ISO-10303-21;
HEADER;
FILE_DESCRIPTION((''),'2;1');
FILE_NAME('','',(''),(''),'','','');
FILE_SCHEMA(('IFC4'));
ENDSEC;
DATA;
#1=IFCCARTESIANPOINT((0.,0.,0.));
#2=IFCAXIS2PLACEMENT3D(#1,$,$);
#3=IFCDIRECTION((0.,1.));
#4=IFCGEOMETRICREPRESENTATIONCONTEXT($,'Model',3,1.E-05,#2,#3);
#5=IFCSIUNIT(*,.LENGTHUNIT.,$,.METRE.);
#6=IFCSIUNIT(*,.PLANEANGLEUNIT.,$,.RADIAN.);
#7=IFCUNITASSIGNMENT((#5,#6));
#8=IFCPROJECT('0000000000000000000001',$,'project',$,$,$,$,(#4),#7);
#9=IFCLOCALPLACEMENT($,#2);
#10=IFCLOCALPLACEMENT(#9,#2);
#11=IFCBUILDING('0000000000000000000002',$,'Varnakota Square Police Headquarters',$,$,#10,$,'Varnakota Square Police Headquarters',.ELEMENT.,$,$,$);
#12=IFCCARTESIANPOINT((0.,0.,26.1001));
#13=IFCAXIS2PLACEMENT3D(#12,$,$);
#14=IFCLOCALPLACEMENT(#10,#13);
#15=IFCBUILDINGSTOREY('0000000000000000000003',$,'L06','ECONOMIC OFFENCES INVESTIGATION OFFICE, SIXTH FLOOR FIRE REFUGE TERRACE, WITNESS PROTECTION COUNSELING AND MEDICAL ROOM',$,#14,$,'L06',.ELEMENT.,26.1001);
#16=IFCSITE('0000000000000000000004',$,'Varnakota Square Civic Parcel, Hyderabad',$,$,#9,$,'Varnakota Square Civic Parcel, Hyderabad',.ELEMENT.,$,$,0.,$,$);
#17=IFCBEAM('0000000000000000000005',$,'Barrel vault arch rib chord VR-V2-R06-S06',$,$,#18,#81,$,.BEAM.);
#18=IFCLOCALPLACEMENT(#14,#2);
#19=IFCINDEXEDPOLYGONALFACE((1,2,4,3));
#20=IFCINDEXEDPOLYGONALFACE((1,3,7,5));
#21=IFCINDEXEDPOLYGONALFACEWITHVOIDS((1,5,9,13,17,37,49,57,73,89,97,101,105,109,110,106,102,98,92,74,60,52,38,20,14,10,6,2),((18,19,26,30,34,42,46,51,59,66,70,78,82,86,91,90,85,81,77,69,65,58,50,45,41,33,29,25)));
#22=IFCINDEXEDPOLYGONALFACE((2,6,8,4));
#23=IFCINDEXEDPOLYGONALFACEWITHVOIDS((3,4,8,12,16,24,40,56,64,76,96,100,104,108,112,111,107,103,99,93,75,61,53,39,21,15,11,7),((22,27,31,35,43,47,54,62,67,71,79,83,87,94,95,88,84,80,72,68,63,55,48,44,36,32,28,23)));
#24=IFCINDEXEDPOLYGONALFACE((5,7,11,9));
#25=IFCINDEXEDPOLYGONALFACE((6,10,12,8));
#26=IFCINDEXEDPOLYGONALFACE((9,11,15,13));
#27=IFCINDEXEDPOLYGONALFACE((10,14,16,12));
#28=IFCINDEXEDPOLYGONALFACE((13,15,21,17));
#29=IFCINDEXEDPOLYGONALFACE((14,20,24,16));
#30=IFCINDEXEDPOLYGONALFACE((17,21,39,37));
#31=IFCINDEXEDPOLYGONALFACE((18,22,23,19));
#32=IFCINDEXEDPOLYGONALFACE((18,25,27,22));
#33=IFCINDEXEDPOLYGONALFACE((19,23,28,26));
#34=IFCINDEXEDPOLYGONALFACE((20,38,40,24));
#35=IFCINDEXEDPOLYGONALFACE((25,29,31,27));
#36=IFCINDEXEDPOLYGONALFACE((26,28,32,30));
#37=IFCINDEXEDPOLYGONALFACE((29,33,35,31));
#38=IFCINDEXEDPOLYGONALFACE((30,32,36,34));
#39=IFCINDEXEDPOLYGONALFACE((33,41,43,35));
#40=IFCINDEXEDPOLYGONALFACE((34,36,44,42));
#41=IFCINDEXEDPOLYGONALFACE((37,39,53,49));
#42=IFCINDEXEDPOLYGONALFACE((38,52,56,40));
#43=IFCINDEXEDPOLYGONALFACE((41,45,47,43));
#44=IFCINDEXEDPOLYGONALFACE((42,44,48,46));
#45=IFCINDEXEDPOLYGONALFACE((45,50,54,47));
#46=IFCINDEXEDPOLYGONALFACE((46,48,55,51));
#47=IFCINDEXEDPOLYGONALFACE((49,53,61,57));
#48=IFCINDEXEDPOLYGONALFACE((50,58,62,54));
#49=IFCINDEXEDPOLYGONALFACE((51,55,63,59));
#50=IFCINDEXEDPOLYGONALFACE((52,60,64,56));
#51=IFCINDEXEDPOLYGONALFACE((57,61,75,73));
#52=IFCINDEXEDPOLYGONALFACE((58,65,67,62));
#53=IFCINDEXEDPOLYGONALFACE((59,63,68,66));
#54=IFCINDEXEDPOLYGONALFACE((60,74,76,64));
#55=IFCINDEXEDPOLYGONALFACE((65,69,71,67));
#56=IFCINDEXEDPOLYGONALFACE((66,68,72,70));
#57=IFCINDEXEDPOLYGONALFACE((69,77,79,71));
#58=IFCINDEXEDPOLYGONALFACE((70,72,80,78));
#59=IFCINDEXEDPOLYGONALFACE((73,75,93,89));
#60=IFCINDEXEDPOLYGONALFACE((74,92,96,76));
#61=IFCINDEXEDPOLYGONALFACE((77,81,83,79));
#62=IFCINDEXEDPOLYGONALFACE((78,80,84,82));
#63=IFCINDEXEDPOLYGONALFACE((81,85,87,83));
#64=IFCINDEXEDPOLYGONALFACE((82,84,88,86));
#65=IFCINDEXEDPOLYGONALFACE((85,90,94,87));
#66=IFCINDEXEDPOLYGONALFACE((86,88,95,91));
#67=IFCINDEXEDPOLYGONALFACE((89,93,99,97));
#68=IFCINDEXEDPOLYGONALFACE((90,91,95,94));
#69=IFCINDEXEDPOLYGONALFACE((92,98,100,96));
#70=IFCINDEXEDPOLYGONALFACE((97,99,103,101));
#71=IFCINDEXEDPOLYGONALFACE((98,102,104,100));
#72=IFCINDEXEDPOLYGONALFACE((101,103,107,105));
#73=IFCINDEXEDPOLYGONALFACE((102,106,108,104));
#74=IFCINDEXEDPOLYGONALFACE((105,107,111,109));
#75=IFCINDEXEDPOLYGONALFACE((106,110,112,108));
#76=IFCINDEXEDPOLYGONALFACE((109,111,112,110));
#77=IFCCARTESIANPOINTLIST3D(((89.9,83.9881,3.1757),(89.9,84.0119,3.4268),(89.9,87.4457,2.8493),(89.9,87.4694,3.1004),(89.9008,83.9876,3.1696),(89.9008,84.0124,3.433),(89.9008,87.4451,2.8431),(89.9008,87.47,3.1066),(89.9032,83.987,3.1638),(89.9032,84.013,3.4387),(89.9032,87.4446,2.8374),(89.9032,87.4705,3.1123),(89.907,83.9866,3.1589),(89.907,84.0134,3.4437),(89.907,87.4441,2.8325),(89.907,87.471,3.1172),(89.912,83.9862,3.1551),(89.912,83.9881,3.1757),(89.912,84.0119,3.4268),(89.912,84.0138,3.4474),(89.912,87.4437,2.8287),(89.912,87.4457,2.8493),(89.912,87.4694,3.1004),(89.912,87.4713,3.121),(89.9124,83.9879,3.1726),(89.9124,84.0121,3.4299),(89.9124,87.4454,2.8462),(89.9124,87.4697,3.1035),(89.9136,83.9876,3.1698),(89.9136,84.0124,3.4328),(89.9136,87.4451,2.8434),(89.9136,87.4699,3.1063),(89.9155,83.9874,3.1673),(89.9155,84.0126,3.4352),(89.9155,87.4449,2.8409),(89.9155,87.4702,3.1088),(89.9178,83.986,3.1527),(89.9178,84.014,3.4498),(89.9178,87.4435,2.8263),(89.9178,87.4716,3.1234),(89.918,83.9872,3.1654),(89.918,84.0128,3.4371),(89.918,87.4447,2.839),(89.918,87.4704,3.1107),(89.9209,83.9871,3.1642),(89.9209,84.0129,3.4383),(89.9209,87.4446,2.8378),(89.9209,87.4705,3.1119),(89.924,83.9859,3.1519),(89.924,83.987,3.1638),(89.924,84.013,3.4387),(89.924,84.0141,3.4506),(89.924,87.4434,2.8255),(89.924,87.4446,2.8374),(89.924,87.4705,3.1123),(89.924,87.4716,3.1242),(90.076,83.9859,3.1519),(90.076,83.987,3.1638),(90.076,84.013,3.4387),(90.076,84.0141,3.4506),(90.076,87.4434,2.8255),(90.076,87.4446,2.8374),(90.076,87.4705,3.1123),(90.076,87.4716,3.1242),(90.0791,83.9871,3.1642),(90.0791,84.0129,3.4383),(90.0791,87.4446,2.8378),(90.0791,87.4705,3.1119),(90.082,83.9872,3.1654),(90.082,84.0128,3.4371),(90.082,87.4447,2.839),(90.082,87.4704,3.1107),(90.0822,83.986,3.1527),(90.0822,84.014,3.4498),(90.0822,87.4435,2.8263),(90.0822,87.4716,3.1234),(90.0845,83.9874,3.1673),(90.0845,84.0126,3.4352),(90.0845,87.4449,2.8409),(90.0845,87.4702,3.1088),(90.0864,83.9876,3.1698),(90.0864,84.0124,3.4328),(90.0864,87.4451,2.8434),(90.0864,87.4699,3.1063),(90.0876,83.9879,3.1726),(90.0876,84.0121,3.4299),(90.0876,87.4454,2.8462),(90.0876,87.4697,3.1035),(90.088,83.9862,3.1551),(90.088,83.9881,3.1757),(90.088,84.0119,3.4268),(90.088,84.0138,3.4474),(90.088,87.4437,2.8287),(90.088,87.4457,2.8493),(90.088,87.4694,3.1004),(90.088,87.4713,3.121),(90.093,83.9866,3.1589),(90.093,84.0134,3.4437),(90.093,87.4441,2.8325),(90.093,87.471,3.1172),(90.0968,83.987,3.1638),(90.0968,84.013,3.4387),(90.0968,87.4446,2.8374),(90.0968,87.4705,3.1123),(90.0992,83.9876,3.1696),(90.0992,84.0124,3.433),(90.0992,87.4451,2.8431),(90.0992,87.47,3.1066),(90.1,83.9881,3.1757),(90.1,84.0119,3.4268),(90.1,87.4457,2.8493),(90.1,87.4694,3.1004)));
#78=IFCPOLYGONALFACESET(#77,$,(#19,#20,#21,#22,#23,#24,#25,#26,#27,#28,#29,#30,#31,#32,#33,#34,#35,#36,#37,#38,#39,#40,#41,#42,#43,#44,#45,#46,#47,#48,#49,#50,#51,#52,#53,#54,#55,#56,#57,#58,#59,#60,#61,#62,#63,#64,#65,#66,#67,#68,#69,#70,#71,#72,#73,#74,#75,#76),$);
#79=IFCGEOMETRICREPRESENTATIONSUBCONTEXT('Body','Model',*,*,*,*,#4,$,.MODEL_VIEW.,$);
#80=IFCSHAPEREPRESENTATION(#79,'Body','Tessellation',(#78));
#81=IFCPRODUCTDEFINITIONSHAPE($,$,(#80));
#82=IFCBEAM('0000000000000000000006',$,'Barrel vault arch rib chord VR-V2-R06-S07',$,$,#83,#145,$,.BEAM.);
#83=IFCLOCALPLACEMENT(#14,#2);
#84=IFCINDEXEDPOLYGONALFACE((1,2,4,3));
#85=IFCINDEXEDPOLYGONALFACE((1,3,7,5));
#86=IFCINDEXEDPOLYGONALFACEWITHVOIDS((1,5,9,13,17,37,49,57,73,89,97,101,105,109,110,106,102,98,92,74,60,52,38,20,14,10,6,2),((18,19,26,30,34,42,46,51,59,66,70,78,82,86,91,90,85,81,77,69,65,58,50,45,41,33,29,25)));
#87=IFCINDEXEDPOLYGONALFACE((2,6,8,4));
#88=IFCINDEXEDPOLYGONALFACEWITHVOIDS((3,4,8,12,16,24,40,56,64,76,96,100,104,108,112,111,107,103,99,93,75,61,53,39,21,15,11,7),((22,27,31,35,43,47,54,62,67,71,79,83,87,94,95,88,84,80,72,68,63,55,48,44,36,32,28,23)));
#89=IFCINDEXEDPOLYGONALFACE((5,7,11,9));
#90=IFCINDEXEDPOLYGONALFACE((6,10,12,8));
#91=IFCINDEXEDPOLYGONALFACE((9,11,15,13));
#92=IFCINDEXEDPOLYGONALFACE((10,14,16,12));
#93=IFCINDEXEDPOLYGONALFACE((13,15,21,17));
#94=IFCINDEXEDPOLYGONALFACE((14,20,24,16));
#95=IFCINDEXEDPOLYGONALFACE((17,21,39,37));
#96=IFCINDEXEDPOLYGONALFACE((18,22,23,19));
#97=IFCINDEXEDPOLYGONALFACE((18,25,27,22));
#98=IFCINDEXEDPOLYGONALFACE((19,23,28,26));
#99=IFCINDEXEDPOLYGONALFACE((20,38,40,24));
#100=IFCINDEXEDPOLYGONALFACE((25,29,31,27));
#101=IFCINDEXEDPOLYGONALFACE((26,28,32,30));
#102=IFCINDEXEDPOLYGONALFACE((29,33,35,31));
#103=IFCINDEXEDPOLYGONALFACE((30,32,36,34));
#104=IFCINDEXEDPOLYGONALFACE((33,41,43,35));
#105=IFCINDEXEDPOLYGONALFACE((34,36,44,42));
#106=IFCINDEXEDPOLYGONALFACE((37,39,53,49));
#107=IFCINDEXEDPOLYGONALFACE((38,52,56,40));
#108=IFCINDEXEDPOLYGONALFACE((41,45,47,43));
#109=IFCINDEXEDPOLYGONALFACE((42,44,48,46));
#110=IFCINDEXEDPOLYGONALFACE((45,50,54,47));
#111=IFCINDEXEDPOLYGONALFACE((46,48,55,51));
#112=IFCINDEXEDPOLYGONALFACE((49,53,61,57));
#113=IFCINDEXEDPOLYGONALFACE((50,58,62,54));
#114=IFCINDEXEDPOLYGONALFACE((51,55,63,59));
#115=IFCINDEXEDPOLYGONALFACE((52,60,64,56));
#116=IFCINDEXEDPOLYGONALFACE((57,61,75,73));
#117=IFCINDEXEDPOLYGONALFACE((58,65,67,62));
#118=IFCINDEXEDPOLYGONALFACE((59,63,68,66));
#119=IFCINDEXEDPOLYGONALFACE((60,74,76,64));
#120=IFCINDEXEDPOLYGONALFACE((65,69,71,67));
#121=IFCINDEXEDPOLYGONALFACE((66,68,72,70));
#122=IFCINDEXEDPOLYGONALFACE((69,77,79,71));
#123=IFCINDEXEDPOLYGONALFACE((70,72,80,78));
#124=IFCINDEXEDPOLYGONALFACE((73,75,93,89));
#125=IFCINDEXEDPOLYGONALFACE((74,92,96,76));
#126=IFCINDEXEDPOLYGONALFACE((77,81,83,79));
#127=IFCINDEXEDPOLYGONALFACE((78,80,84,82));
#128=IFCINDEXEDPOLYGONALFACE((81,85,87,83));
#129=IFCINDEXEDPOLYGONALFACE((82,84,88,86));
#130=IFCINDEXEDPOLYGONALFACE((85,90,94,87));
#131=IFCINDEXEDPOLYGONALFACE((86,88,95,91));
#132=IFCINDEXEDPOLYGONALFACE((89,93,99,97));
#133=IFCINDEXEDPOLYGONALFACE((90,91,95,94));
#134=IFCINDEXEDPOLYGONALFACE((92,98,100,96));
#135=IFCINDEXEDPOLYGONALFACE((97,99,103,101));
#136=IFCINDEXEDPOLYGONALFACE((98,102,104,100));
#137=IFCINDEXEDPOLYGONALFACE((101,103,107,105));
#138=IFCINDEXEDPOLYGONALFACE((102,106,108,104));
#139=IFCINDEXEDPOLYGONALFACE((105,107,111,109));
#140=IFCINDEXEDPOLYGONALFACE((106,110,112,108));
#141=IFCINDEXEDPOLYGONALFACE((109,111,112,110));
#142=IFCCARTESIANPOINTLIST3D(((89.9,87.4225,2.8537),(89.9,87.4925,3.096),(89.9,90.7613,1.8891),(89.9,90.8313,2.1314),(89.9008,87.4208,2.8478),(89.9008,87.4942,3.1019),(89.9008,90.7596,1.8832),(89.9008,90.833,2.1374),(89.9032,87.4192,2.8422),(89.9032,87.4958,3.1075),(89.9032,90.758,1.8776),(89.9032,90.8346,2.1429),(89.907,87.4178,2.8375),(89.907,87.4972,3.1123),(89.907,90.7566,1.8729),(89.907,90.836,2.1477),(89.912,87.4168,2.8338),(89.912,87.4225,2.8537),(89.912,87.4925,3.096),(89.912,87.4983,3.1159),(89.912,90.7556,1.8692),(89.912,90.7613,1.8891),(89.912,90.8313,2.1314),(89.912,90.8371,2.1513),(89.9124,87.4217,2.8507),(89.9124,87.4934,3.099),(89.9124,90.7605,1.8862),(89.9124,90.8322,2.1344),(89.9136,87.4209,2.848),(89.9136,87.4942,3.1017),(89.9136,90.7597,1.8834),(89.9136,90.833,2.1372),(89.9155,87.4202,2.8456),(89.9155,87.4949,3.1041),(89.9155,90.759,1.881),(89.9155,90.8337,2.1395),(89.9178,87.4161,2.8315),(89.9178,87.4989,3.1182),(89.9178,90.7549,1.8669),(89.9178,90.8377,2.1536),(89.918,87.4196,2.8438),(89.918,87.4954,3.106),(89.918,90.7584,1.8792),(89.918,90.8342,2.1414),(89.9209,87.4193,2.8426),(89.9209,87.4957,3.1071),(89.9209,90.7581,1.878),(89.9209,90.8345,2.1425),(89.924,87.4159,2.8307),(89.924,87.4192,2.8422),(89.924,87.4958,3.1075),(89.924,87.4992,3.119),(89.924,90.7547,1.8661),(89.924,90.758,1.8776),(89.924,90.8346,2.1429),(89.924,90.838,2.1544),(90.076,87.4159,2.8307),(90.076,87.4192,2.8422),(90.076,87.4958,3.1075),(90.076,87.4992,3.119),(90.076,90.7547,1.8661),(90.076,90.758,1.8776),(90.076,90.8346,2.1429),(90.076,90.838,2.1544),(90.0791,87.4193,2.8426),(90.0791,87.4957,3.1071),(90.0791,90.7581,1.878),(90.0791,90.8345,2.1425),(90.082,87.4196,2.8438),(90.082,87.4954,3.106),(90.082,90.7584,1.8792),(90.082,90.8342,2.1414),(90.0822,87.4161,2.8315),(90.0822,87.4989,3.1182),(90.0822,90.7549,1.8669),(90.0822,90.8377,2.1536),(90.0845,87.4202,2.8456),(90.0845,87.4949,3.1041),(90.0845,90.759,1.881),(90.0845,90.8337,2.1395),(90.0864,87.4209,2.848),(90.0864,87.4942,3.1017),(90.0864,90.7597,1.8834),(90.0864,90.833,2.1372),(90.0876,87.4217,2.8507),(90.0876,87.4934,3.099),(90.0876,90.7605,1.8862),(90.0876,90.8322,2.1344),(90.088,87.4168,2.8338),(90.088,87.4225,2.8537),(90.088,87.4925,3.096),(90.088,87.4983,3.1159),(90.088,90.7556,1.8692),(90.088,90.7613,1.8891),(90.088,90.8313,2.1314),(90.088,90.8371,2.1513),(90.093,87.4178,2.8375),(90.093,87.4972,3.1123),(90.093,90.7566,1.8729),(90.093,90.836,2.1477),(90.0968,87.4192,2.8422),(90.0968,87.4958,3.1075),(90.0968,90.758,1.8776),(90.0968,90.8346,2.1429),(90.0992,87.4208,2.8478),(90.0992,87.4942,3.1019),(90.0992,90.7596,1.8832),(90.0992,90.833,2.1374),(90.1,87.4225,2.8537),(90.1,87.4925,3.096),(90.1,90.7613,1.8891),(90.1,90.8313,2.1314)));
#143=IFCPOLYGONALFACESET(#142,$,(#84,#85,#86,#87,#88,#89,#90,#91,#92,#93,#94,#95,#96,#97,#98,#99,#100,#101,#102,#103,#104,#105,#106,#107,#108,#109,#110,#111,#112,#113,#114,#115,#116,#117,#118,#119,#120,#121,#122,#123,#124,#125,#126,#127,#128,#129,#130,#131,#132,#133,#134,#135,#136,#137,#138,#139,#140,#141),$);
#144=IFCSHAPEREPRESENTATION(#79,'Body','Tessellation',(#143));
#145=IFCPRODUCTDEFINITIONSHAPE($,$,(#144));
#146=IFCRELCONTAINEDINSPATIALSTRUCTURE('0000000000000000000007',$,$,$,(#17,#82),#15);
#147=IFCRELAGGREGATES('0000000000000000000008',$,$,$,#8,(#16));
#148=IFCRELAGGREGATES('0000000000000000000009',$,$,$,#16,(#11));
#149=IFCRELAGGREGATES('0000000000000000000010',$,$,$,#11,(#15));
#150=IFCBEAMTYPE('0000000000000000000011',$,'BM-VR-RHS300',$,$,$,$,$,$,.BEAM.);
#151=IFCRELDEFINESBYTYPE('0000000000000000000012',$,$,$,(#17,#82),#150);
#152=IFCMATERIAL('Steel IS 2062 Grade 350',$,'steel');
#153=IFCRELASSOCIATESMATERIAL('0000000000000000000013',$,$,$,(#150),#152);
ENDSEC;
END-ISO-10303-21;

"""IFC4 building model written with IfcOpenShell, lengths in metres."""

from ifc_helpers import new_model, si_unit, direction, frame, origin, origin_2d, place, context, subcontext, project, spatial, hollow_rectangle, extrude, material, material_profile, profile_set, type_object, element, save


model = new_model("IFC4")

# Units and contexts
model_context = context("Model", 3, precision=1e-05, world=origin(), true_north=direction((0.0, 1.0)))
body_context = subcontext(model_context, "Body", "Model", "MODEL_VIEW")
ifc_project = project(units=[si_unit("LENGTHUNIT", "METRE"), si_unit("PLANEANGLEUNIT", "RADIAN")], contexts=[model_context])

# Site, building, storey
site_placement = place(None, origin())
site = spatial("IfcSite", under=ifc_project, at=site_placement, Name="Varnakota Square Civic Parcel, Hyderabad", LongName="Varnakota Square Civic Parcel, Hyderabad", CompositionType="ELEMENT", RefElevation=0.0)
building_placement = place(site_placement, origin())
building = spatial("IfcBuilding", under=site, at=building_placement, Name="Varnakota Square Police Headquarters", LongName="Varnakota Square Police Headquarters", CompositionType="ELEMENT")
storey_placement = place(building_placement, frame((0.0, 0.0, 26.1001)))
storey = spatial("IfcBuildingStorey", under=building, at=storey_placement, Name="L06", Description="ECONOMIC OFFENCES INVESTIGATION OFFICE, SIXTH FLOOR FIRE REFUGE TERRACE, WITNESS PROTECTION COUNSELING AND MEDICAL ROOM", LongName="L06", CompositionType="ELEMENT", Elevation=26.1001)

# Beams
ifc_material_1 = material(Name="Steel IS 2062 Grade 350", Category="steel")
ifc_material_profile_1 = material_profile(ifc_material_1, hollow_rectangle(XDim=0.2, YDim=0.3, WallThickness=0.012, InnerFilletRadius=0.012, OuterFilletRadius=0.0239, at=origin_2d()), Name="RHS 300x200x12")
ifc_profile_set_1 = profile_set([ifc_material_profile_1], Name="Steel IS 2062 Grade 350")
beam_type = type_object("IfcBeamType", Name="BM-VR-RHS300", PredefinedType="BEAM", material=ifc_profile_set_1)
for number, where, z_axis, x_axis, name in (
    (1, (90.0, 84.0, 3.3013), (0.0, 0.995573, -0.09399), (-1.0, 0.0, 0.0), "Barrel vault arch rib chord VR-V2-R06-S06"),
):
    element("IfcBeam", number, at=place(storey_placement, frame(where, z_axis=z_axis, x_axis=x_axis)), inside=storey, type_object=beam_type, Name=name, PredefinedType="BEAM", context=body_context, shape_type="SweptSolid", body=[
        extrude(hollow_rectangle(XDim=0.2, YDim=0.3, WallThickness=0.012, InnerFilletRadius=0.012, OuterFilletRadius=0.0239, at=origin_2d()), origin(), (0.0, 0.0, 1.0), 3.4729),
    ])
beam_1_placement = place(storey_placement, frame((90.0, 87.4575, 2.9749), z_axis=(0.0, 0.960711, -0.27755), x_axis=(-1.0, 0.0, 0.0)))
element("IfcBeam", 2, at=beam_1_placement, inside=storey, type_object=beam_type, Name="Barrel vault arch rib chord VR-V2-R06-S07", PredefinedType="BEAM", context=body_context, shape_type="SweptSolid", body=[
    extrude(hollow_rectangle(XDim=0.2, YDim=0.3, WallThickness=0.012, InnerFilletRadius=0.012, OuterFilletRadius=0.0239, at=origin_2d()), origin(), (0.0, 0.0, 1.0), 3.4753),
])

save(model, "model.ifc")
